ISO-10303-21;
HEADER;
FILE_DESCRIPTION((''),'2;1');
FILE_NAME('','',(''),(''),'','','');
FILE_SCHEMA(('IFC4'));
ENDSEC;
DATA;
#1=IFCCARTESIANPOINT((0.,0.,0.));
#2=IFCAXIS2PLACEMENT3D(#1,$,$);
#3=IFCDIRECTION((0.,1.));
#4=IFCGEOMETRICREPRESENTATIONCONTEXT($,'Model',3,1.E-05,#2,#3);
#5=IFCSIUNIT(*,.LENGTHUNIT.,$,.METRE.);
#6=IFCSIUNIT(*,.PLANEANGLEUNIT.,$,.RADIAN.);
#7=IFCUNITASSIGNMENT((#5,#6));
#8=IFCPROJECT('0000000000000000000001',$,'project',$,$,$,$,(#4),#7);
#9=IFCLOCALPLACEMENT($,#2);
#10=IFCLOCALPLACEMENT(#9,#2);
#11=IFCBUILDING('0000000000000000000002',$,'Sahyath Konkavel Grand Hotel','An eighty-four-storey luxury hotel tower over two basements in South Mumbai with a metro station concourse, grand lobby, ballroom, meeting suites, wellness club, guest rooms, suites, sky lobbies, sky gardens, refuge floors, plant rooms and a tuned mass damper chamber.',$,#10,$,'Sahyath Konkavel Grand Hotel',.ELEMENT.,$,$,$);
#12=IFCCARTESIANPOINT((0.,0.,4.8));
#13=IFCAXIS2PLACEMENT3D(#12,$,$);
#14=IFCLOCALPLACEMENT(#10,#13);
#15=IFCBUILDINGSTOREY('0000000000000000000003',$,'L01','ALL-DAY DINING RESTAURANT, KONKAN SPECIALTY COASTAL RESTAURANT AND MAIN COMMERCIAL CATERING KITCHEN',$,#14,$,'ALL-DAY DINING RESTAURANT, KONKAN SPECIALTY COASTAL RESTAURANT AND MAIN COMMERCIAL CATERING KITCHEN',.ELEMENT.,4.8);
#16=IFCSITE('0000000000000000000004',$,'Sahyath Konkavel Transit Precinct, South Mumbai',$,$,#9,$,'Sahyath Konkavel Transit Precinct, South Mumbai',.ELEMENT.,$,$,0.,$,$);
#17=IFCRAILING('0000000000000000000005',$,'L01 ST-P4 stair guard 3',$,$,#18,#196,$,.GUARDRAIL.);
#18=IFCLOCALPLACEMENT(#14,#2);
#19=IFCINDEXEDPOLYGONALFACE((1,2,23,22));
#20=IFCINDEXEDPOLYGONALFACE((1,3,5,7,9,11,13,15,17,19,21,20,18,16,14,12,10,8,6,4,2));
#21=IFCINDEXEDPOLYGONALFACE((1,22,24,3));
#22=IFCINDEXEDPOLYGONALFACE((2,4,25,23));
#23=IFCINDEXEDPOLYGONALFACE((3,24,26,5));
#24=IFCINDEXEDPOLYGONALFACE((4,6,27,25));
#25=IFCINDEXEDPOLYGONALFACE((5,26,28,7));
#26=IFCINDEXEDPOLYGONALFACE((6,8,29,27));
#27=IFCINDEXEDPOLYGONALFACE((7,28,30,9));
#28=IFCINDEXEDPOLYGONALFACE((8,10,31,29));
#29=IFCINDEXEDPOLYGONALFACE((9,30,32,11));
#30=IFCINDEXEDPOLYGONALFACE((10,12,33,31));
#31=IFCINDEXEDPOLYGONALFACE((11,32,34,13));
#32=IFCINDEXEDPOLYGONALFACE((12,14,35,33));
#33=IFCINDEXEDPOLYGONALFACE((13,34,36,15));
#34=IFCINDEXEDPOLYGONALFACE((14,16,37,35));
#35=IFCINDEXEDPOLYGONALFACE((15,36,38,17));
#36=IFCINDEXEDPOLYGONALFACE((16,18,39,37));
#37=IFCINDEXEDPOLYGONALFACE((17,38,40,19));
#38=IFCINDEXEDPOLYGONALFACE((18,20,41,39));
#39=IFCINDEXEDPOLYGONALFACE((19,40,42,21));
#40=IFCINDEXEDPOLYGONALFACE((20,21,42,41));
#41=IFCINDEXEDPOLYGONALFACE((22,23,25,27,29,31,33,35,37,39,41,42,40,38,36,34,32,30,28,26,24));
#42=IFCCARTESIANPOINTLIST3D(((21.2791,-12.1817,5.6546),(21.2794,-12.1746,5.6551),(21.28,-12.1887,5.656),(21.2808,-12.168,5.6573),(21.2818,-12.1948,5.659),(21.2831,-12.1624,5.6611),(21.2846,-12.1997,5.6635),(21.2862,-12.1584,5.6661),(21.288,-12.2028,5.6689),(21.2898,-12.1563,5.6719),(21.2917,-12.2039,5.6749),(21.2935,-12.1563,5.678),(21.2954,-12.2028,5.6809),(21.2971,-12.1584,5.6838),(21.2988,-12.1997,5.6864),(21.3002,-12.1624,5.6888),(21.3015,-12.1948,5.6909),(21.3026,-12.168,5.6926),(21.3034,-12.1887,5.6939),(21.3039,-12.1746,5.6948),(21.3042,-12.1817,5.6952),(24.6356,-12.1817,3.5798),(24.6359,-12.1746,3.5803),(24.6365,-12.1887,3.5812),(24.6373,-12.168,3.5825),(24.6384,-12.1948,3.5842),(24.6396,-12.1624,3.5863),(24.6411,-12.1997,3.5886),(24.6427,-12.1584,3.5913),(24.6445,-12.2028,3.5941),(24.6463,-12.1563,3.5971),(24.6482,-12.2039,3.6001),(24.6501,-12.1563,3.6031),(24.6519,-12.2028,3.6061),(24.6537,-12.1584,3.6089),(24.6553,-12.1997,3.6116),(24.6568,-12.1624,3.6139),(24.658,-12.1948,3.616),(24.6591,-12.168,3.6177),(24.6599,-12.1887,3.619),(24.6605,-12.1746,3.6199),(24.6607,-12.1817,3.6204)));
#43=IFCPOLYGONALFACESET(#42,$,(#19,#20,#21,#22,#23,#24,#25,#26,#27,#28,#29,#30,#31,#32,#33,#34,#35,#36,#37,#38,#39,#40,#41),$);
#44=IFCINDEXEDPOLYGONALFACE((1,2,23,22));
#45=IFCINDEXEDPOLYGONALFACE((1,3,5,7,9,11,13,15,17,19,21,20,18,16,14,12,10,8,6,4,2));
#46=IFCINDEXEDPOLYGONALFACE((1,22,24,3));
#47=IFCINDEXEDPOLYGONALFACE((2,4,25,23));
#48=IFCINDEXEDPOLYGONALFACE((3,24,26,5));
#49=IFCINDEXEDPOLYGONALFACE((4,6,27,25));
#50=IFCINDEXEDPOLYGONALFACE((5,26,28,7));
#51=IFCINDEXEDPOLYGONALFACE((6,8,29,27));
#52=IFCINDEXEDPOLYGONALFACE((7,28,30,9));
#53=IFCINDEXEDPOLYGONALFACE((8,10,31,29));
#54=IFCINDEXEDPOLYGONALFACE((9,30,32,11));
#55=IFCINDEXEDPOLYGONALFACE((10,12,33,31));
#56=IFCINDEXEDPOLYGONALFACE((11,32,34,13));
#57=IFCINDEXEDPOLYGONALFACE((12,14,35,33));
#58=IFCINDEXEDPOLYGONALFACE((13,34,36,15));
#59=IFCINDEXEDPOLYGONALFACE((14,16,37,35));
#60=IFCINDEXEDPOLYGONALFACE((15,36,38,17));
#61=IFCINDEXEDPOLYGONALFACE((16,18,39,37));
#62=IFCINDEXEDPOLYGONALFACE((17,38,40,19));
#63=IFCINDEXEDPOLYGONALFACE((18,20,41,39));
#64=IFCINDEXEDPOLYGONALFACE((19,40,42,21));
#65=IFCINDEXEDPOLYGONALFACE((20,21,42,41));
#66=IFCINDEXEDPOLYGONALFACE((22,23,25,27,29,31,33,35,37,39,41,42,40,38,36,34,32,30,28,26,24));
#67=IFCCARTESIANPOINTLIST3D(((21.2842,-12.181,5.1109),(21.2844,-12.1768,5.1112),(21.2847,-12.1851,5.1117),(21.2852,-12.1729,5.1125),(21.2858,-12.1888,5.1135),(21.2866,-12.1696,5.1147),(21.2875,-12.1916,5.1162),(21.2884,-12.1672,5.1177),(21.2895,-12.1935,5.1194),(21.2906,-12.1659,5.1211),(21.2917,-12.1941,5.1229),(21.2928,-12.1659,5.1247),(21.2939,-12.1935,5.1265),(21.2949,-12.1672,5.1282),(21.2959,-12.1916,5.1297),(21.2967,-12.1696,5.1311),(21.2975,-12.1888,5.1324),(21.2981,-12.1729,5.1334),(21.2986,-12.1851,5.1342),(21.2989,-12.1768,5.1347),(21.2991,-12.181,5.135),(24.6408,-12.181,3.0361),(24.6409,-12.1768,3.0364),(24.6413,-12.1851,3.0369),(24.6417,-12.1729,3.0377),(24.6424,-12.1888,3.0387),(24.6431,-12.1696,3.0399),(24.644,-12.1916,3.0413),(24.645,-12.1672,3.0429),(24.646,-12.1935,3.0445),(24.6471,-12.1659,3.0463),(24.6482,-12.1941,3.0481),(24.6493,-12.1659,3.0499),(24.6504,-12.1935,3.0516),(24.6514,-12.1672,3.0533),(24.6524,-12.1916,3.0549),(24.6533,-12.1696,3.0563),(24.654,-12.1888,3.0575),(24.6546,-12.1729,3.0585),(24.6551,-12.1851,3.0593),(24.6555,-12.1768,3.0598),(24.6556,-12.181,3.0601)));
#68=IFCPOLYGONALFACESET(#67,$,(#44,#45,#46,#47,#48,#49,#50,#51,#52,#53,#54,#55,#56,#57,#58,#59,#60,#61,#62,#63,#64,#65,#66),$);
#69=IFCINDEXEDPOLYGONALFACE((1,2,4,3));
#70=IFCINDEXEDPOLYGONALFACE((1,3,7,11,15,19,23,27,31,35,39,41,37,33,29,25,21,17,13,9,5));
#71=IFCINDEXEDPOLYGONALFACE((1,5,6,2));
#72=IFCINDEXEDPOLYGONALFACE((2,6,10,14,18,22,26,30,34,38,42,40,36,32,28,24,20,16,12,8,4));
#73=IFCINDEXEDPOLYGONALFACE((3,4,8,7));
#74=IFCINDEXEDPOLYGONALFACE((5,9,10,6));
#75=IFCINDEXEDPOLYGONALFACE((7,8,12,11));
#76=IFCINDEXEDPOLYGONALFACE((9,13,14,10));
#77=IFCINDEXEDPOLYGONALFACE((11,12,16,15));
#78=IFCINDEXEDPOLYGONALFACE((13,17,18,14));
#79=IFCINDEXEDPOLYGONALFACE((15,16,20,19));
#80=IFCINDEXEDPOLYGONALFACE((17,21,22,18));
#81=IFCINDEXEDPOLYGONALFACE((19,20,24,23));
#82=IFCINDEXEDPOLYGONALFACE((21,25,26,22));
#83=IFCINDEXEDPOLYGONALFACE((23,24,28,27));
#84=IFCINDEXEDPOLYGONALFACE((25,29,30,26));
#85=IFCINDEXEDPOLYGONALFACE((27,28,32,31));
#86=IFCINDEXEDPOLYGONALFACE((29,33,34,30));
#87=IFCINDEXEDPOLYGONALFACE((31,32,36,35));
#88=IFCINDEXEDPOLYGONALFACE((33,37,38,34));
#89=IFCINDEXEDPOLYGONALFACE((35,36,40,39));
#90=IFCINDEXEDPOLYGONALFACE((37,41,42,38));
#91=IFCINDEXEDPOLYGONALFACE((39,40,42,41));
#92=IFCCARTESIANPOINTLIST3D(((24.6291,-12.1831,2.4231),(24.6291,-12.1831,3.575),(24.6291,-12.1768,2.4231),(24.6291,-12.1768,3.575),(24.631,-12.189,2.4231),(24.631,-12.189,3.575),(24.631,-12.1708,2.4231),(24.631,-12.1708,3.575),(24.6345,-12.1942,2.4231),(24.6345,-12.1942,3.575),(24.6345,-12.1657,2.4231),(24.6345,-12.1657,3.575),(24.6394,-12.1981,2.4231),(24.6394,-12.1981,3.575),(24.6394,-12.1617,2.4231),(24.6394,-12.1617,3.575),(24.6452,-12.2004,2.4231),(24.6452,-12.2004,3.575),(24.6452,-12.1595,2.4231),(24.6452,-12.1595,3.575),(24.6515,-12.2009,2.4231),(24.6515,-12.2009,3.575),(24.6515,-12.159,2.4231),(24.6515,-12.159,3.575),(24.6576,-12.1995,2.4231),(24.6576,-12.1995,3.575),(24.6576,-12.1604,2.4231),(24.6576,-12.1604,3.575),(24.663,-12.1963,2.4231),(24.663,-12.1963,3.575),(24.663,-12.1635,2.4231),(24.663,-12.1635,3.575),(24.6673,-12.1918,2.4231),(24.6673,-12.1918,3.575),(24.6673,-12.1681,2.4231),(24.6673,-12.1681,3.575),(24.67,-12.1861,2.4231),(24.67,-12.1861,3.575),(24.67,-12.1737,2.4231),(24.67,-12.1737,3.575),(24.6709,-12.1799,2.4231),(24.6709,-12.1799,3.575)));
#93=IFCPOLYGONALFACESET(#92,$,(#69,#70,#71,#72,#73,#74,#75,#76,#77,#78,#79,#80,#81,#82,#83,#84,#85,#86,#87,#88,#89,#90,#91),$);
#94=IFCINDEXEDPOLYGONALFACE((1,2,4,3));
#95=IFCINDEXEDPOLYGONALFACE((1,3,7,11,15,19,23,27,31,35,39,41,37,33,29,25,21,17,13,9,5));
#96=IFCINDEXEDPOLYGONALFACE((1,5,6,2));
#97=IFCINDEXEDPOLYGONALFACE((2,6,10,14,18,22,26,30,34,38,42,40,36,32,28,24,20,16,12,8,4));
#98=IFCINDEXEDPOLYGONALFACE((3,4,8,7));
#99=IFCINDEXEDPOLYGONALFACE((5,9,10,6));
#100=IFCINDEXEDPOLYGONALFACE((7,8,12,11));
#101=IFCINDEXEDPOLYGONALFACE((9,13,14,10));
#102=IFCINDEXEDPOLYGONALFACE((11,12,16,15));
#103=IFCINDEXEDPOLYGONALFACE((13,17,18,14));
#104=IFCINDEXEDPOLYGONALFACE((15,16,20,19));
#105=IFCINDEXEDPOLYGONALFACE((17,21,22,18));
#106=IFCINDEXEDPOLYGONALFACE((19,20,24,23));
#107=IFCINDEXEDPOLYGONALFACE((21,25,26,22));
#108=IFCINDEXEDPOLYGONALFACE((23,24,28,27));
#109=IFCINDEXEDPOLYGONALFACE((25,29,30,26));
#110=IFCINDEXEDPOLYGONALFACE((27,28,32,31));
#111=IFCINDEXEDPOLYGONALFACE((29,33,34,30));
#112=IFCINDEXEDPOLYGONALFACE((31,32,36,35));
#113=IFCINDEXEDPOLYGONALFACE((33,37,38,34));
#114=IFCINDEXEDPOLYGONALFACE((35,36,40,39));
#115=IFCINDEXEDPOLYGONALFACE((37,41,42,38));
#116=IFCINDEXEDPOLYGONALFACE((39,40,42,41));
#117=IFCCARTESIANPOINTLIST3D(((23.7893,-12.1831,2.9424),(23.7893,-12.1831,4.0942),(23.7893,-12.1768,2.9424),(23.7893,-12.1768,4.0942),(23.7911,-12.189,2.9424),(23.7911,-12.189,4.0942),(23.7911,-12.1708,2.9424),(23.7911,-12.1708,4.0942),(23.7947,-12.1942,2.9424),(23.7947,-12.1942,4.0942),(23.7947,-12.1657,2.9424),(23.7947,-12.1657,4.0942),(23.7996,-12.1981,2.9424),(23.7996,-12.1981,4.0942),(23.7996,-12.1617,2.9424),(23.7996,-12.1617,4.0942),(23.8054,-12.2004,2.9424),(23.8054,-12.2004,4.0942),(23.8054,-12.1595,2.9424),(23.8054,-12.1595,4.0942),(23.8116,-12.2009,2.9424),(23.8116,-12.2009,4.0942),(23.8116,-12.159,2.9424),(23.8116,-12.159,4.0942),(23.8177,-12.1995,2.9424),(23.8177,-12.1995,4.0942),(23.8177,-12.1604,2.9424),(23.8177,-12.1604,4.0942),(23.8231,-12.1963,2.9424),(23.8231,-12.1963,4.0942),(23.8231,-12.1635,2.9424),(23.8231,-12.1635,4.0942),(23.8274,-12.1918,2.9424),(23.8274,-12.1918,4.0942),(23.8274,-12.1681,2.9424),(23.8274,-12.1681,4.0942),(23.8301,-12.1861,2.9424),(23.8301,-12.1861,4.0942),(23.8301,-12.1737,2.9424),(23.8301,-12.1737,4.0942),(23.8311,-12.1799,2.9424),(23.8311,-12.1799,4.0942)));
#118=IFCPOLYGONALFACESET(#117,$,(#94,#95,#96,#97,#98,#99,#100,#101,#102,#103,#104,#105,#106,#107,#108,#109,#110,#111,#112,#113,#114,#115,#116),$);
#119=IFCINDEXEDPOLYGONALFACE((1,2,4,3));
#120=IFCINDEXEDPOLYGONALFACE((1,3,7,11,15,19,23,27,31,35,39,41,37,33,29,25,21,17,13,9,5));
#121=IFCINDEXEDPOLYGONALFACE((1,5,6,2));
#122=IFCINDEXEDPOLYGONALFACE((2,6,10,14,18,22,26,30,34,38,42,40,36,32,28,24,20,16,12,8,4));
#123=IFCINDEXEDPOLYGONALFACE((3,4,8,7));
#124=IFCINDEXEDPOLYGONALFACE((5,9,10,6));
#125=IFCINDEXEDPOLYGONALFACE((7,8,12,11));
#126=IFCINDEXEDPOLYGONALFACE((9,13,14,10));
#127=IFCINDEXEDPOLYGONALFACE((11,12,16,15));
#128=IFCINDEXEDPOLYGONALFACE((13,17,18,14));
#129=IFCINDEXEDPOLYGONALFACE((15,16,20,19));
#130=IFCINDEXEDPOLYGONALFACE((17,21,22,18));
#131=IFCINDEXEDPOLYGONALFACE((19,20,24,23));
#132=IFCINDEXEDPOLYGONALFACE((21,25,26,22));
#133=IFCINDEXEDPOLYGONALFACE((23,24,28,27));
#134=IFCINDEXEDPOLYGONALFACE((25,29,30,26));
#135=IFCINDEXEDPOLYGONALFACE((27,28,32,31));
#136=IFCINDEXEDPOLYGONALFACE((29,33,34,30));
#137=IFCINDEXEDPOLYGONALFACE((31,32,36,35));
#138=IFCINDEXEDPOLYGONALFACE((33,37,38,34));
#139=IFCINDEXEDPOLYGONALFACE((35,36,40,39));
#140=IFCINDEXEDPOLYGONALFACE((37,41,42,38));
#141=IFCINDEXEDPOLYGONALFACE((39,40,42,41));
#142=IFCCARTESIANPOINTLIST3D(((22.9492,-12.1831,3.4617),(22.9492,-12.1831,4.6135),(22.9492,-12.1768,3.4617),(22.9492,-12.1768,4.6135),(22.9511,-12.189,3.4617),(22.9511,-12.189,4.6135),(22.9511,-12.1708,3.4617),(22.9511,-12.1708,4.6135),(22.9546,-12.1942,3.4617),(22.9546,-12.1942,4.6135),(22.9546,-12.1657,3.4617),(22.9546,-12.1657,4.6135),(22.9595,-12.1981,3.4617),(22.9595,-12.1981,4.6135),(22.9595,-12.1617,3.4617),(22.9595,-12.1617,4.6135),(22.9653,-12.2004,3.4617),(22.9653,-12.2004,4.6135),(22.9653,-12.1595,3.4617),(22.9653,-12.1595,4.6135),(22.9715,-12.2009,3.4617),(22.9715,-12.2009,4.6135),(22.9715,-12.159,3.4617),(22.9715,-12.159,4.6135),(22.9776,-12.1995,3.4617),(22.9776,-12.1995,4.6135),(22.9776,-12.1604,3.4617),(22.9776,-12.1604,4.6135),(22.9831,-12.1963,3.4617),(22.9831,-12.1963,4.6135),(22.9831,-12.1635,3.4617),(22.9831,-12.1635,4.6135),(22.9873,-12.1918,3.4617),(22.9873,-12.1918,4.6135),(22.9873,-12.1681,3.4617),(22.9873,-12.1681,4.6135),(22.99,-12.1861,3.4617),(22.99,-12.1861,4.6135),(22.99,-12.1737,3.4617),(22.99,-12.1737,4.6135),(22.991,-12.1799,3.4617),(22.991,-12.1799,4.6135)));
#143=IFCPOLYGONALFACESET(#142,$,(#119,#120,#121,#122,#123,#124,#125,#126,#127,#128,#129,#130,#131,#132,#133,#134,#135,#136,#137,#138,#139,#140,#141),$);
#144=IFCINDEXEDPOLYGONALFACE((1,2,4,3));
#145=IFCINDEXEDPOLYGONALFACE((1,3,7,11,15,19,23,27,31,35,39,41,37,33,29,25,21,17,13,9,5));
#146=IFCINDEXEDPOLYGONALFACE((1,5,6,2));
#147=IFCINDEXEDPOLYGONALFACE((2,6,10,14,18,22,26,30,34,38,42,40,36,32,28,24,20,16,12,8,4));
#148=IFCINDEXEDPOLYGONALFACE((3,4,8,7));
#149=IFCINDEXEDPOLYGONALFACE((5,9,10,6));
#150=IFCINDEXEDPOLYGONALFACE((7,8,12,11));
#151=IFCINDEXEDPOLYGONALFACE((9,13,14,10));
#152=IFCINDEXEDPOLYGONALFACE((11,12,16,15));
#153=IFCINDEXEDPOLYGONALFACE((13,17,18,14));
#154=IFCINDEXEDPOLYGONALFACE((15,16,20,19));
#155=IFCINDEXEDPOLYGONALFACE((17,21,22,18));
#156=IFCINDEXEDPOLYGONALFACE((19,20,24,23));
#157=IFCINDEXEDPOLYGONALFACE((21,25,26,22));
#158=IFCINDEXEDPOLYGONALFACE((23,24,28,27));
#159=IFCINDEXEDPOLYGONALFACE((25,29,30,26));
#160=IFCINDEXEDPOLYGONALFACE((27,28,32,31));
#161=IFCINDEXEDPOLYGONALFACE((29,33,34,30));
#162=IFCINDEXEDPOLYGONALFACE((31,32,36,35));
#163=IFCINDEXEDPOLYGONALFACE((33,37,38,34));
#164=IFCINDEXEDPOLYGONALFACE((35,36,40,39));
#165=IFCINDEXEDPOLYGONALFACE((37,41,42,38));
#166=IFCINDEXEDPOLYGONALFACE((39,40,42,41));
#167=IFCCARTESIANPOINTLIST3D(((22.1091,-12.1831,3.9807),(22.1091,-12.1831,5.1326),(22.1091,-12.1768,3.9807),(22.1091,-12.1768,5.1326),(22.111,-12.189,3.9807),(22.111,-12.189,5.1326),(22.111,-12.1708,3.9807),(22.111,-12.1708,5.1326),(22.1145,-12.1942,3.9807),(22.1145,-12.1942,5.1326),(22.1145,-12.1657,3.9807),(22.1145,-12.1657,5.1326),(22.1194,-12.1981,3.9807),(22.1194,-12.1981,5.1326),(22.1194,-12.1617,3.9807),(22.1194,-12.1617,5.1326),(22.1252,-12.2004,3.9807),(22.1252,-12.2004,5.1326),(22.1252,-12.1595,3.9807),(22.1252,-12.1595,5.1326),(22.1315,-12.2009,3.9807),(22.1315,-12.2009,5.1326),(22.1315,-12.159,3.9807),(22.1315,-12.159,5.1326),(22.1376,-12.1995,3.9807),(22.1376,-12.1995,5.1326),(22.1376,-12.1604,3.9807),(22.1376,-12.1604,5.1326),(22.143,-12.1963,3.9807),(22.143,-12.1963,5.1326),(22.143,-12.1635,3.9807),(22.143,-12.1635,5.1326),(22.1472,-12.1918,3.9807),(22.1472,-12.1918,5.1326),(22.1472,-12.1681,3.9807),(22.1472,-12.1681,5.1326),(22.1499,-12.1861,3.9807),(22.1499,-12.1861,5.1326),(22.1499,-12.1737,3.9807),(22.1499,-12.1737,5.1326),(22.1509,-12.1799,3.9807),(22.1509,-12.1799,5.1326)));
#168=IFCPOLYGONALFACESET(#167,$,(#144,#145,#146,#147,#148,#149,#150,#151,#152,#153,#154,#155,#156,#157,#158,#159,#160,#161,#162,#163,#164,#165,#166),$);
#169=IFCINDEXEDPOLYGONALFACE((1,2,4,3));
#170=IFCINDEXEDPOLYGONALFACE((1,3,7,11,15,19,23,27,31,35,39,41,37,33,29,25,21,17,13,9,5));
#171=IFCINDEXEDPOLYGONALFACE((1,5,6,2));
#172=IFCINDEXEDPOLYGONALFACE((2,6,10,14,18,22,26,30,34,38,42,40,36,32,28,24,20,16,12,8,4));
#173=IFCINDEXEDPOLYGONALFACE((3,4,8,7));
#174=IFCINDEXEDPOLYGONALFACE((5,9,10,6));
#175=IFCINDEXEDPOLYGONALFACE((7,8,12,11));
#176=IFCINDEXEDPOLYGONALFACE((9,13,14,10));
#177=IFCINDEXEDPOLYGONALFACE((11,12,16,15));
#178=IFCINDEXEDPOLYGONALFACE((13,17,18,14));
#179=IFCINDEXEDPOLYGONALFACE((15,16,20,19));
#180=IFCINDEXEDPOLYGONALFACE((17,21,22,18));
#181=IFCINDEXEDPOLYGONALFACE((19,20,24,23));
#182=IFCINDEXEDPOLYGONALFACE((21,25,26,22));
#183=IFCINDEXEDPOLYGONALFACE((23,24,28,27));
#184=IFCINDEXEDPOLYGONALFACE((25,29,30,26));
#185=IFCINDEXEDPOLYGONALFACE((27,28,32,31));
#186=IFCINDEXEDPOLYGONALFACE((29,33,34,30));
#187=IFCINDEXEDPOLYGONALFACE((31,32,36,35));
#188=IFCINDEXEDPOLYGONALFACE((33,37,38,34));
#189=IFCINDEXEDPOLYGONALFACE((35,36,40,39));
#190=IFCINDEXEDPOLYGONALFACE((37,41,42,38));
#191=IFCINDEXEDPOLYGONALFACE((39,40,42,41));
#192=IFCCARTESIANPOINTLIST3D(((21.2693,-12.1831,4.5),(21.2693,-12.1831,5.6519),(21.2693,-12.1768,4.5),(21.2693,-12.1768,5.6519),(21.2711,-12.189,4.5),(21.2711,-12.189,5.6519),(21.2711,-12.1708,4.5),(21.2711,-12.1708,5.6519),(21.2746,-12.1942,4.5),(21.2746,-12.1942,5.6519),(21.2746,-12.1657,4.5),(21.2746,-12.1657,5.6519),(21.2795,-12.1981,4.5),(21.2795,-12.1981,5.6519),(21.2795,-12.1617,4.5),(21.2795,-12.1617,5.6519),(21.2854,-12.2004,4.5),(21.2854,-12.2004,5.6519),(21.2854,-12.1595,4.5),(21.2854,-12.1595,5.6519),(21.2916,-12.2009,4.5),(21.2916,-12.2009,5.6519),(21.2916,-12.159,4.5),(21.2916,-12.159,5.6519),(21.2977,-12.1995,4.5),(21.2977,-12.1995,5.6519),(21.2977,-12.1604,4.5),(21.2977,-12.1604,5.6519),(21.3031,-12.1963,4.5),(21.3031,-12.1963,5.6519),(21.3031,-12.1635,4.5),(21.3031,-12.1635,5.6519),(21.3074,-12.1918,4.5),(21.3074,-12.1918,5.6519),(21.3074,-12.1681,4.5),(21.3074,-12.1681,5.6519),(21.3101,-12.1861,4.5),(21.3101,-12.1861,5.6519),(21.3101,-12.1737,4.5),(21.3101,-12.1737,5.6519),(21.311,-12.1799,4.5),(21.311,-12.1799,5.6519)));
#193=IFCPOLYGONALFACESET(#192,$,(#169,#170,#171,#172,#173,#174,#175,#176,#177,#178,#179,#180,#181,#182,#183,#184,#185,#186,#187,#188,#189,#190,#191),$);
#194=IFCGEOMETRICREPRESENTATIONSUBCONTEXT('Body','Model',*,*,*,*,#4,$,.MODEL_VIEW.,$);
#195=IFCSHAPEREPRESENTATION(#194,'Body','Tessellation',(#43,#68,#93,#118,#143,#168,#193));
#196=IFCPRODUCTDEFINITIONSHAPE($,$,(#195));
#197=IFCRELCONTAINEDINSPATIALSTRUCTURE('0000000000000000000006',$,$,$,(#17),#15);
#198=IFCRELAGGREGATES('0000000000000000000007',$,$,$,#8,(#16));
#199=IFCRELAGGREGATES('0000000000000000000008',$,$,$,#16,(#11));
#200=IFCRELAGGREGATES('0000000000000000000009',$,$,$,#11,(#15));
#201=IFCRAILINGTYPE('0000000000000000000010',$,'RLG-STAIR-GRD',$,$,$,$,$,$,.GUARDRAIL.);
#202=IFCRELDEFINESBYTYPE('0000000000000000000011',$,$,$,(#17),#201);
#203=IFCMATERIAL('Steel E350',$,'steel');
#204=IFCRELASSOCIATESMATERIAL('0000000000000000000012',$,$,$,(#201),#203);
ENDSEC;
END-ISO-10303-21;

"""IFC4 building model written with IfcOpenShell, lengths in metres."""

from ifc_helpers import new_model, si_unit, direction, frame, origin, origin_2d, place, context, subcontext, project, spatial, circle, extrude, material, type_object, element, save


model = new_model("IFC4")

# Units and contexts
model_context = context("Model", 3, precision=1e-05, world=origin(), true_north=direction((0.0, 1.0)))
body_context = subcontext(model_context, "Body", "Model", "MODEL_VIEW")
ifc_project = project(units=[si_unit("LENGTHUNIT", "METRE"), si_unit("PLANEANGLEUNIT", "RADIAN")], contexts=[model_context])

# Site, building, storey
site_placement = place(None, origin())
site = spatial("IfcSite", under=ifc_project, at=site_placement, Name="Sahyath Konkavel Transit Precinct, South Mumbai", LongName="Sahyath Konkavel Transit Precinct, South Mumbai", CompositionType="ELEMENT", RefElevation=0.0)
building_placement = place(site_placement, origin())
building = spatial("IfcBuilding", under=site, at=building_placement, Name="Sahyath Konkavel Grand Hotel", Description="An eighty-four-storey luxury hotel tower over two basements in South Mumbai with a metro station concourse, grand lobby, ballroom, meeting suites, wellness club, guest rooms, suites, sky lobbies, sky gardens, refuge floors, plant rooms and a tuned mass damper chamber.", LongName="Sahyath Konkavel Grand Hotel", CompositionType="ELEMENT")
storey_placement = place(building_placement, frame((0.0, 0.0, 4.8)))
storey = spatial("IfcBuildingStorey", under=building, at=storey_placement, Name="L01", Description="ALL-DAY DINING RESTAURANT, KONKAN SPECIALTY COASTAL RESTAURANT AND MAIN COMMERCIAL CATERING KITCHEN", LongName="ALL-DAY DINING RESTAURANT, KONKAN SPECIALTY COASTAL RESTAURANT AND MAIN COMMERCIAL CATERING KITCHEN", CompositionType="ELEMENT", Elevation=4.8)

# Shared definitions
ifc_material_1 = material(Name="Steel E350", Category="steel")

# Railing
railing_type_1 = type_object("IfcRailingType", Name="RLG-STAIR-GRD", PredefinedType="GUARDRAIL", material=ifc_material_1)
railing_1_placement = place(storey_placement, frame((24.6499, -12.1799, 2.4231)))
element("IfcRailing", 1, at=railing_1_placement, inside=storey, type_object=railing_type_1, Name="L01 ST-P4 stair guard 3", PredefinedType="GUARDRAIL", context=body_context, shape_type="SweptSolid", body=[
    extrude(circle(Radius=0.0239, at=origin_2d()), frame((-0.0017, 0.0, 1.177), z_axis=(-0.850606, 0.0, 0.525803), x_axis=(0.0, -1.0, 0.0)), (0.0, 0.0, 1.0), 3.946),
    extrude(circle(Radius=0.0142, at=origin_2d()), frame((-0.0017, 0.0, 0.625), z_axis=(-0.850606, 0.0, 0.525803), x_axis=(0.0, -1.0, 0.0)), (0.0, 0.0, 1.0), 3.946),
    extrude(circle(Radius=0.021, at=origin_2d()), origin(), (0.0, 0.0, 1.0), 1.1519),
    extrude(circle(Radius=0.021, at=origin_2d()), frame((-0.8398, 0.0, 0.5193)), (0.0, 0.0, 1.0), 1.1519),
    extrude(circle(Radius=0.021, at=origin_2d()), frame((-1.6799, 0.0, 1.0386)), (0.0, 0.0, 1.0), 1.1519),
    extrude(circle(Radius=0.021, at=origin_2d()), frame((-2.52, 0.0, 1.5576)), (0.0, 0.0, 1.0), 1.1519),
    extrude(circle(Radius=0.021, at=origin_2d()), frame((-3.3599, 0.0, 2.0769)), (0.0, 0.0, 1.0), 1.1519),
])

save(model, "model.ifc")
